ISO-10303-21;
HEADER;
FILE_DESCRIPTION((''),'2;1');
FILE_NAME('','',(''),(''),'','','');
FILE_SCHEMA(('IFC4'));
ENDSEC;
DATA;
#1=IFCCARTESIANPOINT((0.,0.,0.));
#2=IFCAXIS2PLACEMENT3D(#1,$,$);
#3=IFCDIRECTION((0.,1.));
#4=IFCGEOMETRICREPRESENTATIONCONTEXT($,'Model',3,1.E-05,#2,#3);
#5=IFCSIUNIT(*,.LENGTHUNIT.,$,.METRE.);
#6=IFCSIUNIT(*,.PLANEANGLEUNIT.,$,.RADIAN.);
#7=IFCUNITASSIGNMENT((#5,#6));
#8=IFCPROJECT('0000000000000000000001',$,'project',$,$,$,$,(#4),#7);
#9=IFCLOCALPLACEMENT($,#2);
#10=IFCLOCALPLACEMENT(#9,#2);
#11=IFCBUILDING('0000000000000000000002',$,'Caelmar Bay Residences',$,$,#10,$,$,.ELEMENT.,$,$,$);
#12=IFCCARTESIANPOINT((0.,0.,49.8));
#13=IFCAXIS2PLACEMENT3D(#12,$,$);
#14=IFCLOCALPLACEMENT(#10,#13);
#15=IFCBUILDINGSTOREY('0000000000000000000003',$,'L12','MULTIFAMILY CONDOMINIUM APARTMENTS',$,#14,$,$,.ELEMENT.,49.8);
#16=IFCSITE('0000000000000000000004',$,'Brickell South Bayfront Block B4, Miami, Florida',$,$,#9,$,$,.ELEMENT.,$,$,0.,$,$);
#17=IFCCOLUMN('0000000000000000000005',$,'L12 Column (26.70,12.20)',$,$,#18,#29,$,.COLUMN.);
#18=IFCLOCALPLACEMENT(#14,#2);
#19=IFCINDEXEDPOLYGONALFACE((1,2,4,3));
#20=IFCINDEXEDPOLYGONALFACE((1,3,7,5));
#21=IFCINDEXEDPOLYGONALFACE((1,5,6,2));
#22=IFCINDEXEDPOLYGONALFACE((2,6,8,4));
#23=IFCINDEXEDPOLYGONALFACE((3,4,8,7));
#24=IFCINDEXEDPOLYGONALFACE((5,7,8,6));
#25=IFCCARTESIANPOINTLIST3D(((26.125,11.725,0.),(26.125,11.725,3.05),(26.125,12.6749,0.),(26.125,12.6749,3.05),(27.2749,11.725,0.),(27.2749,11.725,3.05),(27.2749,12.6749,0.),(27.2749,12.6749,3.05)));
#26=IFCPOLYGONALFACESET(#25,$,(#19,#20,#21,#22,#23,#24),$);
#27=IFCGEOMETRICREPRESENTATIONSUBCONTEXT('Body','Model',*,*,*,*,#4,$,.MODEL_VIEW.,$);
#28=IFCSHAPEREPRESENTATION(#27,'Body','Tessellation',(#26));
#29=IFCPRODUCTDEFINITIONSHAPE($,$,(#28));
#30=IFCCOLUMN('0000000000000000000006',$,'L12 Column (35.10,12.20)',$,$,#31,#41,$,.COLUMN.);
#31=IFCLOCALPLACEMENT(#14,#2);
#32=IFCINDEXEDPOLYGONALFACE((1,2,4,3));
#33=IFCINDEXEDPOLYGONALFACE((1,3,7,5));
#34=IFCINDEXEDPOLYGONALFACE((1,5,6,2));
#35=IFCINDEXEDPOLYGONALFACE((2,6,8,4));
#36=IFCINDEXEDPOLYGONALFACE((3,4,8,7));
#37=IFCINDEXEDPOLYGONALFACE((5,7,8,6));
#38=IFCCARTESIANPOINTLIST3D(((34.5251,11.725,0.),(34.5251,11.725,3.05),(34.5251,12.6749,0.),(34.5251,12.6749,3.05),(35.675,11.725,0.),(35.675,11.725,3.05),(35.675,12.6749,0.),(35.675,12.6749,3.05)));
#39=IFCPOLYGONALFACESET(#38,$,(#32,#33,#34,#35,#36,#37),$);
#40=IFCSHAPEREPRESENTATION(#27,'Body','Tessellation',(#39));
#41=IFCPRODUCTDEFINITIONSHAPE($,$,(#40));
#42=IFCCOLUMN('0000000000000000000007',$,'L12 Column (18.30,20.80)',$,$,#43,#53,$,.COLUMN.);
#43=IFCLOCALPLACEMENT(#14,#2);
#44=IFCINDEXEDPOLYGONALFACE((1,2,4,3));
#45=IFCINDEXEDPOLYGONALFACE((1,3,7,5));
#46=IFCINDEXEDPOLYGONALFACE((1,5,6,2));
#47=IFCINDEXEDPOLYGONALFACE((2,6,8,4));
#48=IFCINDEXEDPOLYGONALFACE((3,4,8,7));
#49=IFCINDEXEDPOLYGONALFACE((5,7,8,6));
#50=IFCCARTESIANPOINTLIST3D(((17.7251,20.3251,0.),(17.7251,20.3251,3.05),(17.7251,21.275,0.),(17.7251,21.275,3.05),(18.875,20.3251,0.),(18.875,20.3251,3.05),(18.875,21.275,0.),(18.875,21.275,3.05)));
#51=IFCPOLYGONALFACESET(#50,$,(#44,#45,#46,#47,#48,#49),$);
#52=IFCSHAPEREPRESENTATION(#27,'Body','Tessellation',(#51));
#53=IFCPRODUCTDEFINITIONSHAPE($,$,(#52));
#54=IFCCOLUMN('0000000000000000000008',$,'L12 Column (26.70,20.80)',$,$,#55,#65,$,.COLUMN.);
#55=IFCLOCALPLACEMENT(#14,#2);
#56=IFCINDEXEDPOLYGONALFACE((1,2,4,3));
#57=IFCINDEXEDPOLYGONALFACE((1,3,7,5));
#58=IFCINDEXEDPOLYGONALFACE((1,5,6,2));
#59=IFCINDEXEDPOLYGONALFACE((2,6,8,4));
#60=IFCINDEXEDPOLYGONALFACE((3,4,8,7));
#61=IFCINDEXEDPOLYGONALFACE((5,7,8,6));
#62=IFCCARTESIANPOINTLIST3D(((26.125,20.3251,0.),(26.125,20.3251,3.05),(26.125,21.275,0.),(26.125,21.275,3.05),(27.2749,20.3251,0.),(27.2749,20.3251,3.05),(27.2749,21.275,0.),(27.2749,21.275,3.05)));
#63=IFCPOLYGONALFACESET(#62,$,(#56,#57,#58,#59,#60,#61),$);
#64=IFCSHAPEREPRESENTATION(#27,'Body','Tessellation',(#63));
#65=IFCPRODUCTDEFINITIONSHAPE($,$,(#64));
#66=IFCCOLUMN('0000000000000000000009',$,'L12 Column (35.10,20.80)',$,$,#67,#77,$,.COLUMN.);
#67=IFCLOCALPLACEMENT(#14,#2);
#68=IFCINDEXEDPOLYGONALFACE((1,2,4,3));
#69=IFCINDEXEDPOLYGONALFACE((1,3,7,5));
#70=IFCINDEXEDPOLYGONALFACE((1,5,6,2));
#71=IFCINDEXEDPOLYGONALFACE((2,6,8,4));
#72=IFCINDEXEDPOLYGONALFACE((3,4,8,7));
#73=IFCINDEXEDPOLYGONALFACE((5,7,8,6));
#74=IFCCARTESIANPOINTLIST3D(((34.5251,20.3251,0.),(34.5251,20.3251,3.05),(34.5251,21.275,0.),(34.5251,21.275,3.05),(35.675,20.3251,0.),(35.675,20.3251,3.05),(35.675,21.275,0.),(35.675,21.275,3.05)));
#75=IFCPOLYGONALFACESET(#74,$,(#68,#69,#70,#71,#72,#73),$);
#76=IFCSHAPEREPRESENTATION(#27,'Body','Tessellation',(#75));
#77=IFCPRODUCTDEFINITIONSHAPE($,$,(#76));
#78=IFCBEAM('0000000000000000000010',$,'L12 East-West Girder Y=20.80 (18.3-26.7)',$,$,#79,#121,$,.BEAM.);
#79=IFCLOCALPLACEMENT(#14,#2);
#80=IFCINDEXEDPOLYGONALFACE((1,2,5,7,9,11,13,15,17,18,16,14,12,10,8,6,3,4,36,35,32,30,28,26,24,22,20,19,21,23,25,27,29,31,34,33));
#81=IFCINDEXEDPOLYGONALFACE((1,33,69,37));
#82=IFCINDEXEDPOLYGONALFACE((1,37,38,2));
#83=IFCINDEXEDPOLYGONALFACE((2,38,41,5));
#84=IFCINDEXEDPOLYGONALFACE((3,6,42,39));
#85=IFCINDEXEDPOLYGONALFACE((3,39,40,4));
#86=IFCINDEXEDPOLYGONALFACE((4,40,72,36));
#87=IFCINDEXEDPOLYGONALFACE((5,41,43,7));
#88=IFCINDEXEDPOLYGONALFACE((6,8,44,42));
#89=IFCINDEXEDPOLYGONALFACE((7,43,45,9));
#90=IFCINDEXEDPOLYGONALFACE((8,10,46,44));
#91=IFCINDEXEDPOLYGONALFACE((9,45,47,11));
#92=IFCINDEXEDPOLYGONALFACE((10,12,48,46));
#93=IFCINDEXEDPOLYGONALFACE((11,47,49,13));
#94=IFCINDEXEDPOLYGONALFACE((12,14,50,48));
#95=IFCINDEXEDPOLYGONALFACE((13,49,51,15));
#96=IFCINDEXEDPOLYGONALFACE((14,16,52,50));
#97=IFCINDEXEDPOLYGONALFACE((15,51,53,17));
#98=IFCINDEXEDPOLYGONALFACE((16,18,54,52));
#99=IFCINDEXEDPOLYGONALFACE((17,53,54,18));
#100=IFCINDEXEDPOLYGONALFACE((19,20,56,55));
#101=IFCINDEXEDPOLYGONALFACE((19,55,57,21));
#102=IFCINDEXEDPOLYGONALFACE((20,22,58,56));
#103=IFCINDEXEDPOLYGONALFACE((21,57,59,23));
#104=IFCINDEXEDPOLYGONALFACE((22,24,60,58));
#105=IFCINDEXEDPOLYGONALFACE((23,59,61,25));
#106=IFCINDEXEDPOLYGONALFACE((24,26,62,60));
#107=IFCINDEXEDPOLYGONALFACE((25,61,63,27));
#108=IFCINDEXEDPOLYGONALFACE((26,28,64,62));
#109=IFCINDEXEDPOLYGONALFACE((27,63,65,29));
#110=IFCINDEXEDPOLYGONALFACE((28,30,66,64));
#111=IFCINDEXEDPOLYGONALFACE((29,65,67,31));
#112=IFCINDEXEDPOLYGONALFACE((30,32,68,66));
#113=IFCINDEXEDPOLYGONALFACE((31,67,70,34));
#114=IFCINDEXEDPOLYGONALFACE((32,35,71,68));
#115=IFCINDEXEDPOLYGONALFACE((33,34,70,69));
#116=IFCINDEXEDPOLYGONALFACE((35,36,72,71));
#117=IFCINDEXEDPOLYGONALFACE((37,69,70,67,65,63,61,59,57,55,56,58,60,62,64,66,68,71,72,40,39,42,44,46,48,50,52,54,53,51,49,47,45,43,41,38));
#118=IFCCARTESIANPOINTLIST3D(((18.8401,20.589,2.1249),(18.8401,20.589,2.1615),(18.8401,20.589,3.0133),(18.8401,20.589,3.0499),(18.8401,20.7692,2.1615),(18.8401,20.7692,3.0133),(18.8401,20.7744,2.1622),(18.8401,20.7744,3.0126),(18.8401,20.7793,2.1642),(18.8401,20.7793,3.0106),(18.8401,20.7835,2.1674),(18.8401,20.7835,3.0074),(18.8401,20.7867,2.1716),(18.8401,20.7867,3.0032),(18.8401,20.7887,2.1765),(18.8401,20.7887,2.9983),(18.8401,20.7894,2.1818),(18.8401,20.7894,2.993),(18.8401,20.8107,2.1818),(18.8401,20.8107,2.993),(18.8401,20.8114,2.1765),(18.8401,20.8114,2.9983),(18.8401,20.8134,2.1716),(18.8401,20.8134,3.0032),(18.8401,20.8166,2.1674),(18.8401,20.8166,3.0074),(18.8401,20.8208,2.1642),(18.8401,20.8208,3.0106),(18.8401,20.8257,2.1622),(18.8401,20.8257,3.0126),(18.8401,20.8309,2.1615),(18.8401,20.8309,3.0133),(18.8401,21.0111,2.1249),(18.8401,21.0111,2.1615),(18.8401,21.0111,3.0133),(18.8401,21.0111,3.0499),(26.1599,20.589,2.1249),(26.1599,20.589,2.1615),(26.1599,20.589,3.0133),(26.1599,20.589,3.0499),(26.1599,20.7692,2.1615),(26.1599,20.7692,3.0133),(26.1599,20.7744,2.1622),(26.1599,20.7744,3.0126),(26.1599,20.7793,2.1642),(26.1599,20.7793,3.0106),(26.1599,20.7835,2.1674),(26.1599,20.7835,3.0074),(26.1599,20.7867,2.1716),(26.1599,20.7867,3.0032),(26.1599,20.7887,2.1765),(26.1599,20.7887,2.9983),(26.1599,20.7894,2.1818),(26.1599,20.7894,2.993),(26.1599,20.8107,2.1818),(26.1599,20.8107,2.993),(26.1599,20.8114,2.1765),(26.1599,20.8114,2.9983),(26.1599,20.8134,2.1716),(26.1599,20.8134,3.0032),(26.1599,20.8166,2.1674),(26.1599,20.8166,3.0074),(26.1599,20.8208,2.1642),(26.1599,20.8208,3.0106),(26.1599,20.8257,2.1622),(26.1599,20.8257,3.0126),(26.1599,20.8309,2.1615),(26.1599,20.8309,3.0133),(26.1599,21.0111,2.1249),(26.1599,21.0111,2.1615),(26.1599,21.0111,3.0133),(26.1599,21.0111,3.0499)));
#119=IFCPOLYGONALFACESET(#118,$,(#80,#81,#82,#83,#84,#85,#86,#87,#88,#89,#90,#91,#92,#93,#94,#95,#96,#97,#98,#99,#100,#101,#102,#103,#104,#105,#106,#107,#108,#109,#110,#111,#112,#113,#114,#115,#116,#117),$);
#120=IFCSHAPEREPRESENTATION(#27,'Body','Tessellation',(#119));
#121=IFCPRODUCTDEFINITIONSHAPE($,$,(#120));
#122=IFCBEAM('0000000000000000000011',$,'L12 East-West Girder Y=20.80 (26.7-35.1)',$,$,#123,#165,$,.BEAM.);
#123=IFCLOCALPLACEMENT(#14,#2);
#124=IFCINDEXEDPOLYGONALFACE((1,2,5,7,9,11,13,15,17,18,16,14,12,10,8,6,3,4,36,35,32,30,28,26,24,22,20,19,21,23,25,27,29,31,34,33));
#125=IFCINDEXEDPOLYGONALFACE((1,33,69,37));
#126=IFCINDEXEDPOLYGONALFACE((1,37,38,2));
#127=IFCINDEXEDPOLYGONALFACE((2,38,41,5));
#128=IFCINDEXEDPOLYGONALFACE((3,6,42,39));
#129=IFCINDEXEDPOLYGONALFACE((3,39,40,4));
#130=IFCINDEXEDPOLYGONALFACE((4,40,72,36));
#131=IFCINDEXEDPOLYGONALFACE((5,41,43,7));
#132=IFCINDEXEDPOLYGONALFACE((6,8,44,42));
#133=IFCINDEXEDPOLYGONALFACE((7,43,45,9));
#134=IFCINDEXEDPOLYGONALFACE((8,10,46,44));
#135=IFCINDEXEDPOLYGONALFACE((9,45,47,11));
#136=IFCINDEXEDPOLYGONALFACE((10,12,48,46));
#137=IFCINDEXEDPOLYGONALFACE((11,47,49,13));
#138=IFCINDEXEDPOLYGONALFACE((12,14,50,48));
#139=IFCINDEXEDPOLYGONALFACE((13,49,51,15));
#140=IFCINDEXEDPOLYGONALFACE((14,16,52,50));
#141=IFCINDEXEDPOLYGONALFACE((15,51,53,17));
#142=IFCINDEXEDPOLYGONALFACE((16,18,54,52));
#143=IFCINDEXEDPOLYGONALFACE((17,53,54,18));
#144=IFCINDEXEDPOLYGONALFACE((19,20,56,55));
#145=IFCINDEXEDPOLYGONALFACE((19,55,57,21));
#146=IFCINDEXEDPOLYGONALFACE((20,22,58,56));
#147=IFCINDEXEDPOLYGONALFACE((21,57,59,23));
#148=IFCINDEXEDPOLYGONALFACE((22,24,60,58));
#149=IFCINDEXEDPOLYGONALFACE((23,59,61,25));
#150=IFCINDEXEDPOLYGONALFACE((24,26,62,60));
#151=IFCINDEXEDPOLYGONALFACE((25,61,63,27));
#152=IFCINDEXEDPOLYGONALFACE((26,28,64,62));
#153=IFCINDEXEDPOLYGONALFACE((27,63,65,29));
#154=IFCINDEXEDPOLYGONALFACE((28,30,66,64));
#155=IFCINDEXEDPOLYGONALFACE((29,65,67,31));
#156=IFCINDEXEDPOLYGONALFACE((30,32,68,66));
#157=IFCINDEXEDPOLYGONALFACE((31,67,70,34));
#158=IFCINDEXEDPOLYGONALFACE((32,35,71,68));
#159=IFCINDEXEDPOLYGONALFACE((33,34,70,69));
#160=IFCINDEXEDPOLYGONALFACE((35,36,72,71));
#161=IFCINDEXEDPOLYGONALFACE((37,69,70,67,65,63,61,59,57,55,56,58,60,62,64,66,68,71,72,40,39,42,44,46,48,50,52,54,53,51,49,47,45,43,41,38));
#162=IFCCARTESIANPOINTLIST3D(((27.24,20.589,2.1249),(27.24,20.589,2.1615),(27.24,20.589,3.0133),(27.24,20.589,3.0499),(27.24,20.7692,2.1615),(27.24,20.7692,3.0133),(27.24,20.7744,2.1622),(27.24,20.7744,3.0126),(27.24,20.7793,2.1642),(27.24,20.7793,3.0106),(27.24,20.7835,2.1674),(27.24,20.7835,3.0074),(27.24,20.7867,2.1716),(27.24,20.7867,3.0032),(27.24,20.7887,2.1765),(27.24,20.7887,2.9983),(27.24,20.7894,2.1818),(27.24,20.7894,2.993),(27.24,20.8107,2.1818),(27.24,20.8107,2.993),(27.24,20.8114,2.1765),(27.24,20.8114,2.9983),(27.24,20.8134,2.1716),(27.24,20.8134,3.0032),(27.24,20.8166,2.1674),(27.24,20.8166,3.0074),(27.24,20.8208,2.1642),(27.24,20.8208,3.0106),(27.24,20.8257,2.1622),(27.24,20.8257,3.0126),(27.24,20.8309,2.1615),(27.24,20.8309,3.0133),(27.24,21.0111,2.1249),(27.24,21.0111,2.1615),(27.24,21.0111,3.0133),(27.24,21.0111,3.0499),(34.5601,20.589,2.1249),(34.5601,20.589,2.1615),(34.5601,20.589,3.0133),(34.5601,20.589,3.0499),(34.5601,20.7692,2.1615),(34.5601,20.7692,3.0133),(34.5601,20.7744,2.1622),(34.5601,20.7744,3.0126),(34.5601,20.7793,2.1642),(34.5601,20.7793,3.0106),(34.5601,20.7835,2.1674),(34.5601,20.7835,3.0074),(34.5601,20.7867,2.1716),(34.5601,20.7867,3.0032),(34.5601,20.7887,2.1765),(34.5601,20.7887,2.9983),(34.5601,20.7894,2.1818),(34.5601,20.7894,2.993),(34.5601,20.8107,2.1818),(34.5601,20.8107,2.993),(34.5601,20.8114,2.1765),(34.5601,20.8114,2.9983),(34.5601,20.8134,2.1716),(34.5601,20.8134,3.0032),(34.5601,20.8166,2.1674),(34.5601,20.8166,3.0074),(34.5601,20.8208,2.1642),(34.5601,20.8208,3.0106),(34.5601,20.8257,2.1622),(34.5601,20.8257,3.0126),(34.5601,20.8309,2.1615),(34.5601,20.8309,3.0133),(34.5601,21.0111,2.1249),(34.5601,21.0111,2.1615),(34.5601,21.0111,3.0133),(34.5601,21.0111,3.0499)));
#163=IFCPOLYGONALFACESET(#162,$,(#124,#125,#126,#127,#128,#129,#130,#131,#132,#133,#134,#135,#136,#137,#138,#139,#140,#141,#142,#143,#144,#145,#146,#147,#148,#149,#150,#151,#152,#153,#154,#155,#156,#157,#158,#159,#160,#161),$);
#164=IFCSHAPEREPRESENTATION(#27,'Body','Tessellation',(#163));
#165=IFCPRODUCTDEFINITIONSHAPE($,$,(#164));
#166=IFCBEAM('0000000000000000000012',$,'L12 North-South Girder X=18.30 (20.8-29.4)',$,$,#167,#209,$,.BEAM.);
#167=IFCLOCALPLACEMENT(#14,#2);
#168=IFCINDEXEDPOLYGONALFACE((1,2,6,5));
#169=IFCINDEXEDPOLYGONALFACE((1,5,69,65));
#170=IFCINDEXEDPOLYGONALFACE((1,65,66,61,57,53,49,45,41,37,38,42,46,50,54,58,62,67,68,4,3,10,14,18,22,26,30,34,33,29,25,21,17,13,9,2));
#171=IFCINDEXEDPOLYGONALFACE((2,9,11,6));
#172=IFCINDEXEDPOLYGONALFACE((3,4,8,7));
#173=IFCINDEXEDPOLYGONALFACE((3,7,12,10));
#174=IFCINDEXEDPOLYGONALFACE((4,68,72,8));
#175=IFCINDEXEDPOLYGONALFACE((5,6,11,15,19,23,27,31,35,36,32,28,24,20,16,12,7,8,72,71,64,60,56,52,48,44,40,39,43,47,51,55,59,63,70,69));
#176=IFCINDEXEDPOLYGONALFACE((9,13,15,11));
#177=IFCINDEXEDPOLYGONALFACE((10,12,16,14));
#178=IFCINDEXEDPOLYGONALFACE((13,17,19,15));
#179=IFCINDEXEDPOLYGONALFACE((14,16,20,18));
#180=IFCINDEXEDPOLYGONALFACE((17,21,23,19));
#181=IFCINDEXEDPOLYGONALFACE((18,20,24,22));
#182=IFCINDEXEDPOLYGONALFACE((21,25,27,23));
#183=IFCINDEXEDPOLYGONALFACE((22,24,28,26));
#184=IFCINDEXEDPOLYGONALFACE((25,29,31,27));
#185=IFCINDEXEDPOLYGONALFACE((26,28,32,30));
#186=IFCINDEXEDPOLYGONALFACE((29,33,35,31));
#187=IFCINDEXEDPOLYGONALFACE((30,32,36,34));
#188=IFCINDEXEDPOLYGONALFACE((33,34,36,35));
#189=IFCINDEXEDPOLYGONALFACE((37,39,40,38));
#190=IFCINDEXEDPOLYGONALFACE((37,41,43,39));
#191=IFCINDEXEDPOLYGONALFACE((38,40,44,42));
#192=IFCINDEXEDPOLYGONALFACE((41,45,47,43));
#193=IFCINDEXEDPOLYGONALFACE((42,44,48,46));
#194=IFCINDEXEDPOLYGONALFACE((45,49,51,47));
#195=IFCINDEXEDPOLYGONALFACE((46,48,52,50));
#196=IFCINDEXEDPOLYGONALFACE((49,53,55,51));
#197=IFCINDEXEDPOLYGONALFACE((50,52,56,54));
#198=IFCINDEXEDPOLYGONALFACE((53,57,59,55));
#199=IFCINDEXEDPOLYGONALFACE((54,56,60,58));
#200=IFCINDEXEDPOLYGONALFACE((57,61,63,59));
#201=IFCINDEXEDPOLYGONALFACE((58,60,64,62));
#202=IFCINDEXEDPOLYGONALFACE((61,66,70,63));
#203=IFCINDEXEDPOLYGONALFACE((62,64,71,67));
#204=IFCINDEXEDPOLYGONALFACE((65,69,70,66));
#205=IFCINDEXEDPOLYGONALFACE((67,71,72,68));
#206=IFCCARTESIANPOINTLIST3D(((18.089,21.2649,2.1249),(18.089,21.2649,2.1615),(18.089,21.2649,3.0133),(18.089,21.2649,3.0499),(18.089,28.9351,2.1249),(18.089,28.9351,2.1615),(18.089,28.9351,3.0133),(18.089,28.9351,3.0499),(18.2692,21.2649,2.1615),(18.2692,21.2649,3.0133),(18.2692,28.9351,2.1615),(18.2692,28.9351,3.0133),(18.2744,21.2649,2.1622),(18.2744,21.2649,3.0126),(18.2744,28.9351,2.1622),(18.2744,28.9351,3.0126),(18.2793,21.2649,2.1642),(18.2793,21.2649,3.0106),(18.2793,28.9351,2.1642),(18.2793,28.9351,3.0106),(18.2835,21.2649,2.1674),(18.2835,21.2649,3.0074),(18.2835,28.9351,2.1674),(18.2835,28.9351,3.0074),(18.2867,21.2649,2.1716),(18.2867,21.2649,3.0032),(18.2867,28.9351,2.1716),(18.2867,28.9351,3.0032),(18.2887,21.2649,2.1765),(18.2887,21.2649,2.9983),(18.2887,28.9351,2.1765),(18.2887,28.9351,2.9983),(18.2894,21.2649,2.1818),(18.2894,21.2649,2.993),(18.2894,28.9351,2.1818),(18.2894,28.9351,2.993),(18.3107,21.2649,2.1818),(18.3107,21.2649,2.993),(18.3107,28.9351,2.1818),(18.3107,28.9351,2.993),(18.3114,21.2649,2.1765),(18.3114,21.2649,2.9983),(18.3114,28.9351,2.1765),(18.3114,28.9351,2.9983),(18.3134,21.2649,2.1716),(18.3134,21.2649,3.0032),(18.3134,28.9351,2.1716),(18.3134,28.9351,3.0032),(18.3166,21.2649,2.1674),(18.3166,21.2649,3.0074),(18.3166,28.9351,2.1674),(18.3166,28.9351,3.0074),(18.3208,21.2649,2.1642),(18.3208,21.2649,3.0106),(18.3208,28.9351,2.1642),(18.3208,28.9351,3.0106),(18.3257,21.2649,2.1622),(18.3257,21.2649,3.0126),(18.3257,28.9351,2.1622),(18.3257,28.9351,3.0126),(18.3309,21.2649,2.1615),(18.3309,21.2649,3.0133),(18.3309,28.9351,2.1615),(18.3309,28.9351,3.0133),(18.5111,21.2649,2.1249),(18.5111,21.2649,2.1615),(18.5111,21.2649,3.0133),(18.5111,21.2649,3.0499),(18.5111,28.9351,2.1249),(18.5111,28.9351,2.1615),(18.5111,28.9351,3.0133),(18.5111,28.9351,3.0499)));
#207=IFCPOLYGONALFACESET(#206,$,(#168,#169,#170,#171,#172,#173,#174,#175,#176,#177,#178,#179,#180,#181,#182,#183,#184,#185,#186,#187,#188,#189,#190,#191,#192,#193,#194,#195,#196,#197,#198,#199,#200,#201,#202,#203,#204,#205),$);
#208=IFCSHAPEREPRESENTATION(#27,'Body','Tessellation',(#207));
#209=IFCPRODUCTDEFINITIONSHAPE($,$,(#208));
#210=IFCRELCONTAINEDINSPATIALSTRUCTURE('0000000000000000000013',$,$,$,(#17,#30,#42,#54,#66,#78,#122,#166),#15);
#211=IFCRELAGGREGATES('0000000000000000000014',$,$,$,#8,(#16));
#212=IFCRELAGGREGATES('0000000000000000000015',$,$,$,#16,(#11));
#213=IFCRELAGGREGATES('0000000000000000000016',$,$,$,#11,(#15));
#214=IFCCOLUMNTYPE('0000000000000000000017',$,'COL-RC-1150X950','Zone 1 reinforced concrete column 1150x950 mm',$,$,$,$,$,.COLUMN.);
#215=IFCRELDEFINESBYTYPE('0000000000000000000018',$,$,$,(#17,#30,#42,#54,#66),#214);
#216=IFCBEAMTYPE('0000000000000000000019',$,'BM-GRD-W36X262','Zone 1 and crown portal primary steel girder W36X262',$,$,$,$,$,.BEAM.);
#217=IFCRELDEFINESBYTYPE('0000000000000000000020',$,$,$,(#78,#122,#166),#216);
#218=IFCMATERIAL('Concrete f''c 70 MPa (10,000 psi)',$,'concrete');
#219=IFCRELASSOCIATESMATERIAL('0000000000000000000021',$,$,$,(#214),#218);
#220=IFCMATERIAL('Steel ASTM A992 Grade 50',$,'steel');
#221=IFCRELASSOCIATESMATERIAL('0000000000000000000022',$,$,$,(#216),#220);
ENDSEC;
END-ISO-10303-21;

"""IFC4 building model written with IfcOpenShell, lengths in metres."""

from ifc_helpers import new_model, si_unit, direction, frame, origin, origin_2d, place, context, subcontext, project, spatial, rectangle, i_section, extrude, material, material_profile, profile_set, type_object, element, save


model = new_model("IFC4")

# Units and contexts
model_context = context("Model", 3, precision=1e-05, world=origin(), true_north=direction((0.0, 1.0)))
body_context = subcontext(model_context, "Body", "Model", "MODEL_VIEW")
ifc_project = project(units=[si_unit("LENGTHUNIT", "METRE"), si_unit("PLANEANGLEUNIT", "RADIAN")], contexts=[model_context])

# Site, building, storey
site_placement = place(None, origin())
site = spatial("IfcSite", under=ifc_project, at=site_placement, Name="Brickell South Bayfront Block B4, Miami, Florida", CompositionType="ELEMENT", RefElevation=0.0)
building_placement = place(site_placement, origin())
building = spatial("IfcBuilding", under=site, at=building_placement, Name="Caelmar Bay Residences", CompositionType="ELEMENT")
storey_placement = place(building_placement, frame((0.0, 0.0, 49.8)))
storey = spatial("IfcBuildingStorey", under=building, at=storey_placement, Name="L12", Description="MULTIFAMILY CONDOMINIUM APARTMENTS", CompositionType="ELEMENT", Elevation=49.8)

# Columns
ifc_material_1 = material(Name="Concrete f'c 70 MPa (10,000 psi)", Category="concrete")
ifc_material_profile_1 = material_profile(ifc_material_1, rectangle(XDim=1.1499, YDim=0.95, at=origin_2d()), Name="RC-COL-1150X950")
ifc_profile_set_1 = profile_set([ifc_material_profile_1], Name="Concrete f'c 70 MPa (10,000 psi)")
column_type = type_object("IfcColumnType", Name="COL-RC-1150X950", Description="Zone 1 reinforced concrete column 1150x950 mm", PredefinedType="COLUMN", material=ifc_profile_set_1)
for number, where, z_axis, x_axis, name in (
    (1, (26.7, 12.2, 0.0), (0.0, 0.0, 1.0), (1.0, 0.0, 0.0), "L12 Column (26.70,12.20)"),
    (2, (35.1001, 12.2, 0.0), (0.0, 0.0, 1.0), (1.0, 0.0, 0.0), "L12 Column (35.10,12.20)"),
    (3, (18.3, 20.8, 0.0), (0.0, 0.0, 1.0), (1.0, 0.0, 0.0), "L12 Column (18.30,20.80)"),
    (4, (26.7, 20.8, 0.0), (0.0, 0.0, 1.0), (1.0, 0.0, 0.0), "L12 Column (26.70,20.80)"),
    (5, (35.1001, 20.8, 0.0), (0.0, 0.0, 1.0), (1.0, 0.0, 0.0), "L12 Column (35.10,20.80)"),
):
    element("IfcColumn", number, at=place(storey_placement, frame(where, z_axis=z_axis, x_axis=x_axis)), inside=storey, type_object=column_type, Name=name, PredefinedType="COLUMN", context=body_context, shape_type="SweptSolid", body=[
        extrude(rectangle(XDim=1.1499, YDim=0.95, at=origin_2d()), origin(), (0.0, 0.0, 1.0), 3.05),
    ])

# Beams
ifc_material_2 = material(Name="Steel ASTM A992 Grade 50", Category="steel")
ifc_material_profile_2 = material_profile(ifc_material_2, i_section(OverallWidth=0.4221, OverallDepth=0.925, WebThickness=0.0212, FlangeThickness=0.0366, FilletRadius=0.0203, at=origin_2d()), Name="W36X262")
ifc_profile_set_2 = profile_set([ifc_material_profile_2], Name="Steel ASTM A992 Grade 50")
beam_type_1 = type_object("IfcBeamType", Name="BM-GRD-W36X262", Description="Zone 1 and crown portal primary steel girder W36X262", PredefinedType="BEAM", material=ifc_profile_set_2)
beam_1_placement = place(storey_placement, frame((18.8401, 20.8, 2.5874), z_axis=(1.0, 0.0, 0.0), x_axis=(0.0, 1.0, 0.0)))
element("IfcBeam", 6, at=beam_1_placement, inside=storey, type_object=beam_type_1, Name="L12 East-West Girder Y=20.80 (18.3-26.7)", PredefinedType="BEAM", context=body_context, shape_type="SweptSolid", body=[
    extrude(i_section(OverallWidth=0.4221, OverallDepth=0.925, WebThickness=0.0212, FlangeThickness=0.0366, FilletRadius=0.0203, at=origin_2d()), origin(), (0.0, 0.0, 1.0), 7.3198),
])
beam_2_placement = place(storey_placement, frame((27.24, 20.8, 2.5874), z_axis=(1.0, 0.0, 0.0), x_axis=(0.0, 1.0, 0.0)))
element("IfcBeam", 7, at=beam_2_placement, inside=storey, type_object=beam_type_1, Name="L12 East-West Girder Y=20.80 (26.7-35.1)", PredefinedType="BEAM", context=body_context, shape_type="SweptSolid", body=[
    extrude(i_section(OverallWidth=0.4221, OverallDepth=0.925, WebThickness=0.0212, FlangeThickness=0.0366, FilletRadius=0.0203, at=origin_2d()), origin(), (0.0, 0.0, 1.0), 7.3201),
])
beam_3_placement = place(storey_placement, frame((18.3, 21.2649, 2.5874), z_axis=(0.0, 1.0, 0.0), x_axis=(-1.0, 0.0, 0.0)))
element("IfcBeam", 8, at=beam_3_placement, inside=storey, type_object=beam_type_1, Name="L12 North-South Girder X=18.30 (20.8-29.4)", PredefinedType="BEAM", context=body_context, shape_type="SweptSolid", body=[
    extrude(i_section(OverallWidth=0.4221, OverallDepth=0.925, WebThickness=0.0212, FlangeThickness=0.0366, FilletRadius=0.0203, at=origin_2d()), origin(), (0.0, 0.0, 1.0), 7.6702),
])

save(model, "model.ifc")
